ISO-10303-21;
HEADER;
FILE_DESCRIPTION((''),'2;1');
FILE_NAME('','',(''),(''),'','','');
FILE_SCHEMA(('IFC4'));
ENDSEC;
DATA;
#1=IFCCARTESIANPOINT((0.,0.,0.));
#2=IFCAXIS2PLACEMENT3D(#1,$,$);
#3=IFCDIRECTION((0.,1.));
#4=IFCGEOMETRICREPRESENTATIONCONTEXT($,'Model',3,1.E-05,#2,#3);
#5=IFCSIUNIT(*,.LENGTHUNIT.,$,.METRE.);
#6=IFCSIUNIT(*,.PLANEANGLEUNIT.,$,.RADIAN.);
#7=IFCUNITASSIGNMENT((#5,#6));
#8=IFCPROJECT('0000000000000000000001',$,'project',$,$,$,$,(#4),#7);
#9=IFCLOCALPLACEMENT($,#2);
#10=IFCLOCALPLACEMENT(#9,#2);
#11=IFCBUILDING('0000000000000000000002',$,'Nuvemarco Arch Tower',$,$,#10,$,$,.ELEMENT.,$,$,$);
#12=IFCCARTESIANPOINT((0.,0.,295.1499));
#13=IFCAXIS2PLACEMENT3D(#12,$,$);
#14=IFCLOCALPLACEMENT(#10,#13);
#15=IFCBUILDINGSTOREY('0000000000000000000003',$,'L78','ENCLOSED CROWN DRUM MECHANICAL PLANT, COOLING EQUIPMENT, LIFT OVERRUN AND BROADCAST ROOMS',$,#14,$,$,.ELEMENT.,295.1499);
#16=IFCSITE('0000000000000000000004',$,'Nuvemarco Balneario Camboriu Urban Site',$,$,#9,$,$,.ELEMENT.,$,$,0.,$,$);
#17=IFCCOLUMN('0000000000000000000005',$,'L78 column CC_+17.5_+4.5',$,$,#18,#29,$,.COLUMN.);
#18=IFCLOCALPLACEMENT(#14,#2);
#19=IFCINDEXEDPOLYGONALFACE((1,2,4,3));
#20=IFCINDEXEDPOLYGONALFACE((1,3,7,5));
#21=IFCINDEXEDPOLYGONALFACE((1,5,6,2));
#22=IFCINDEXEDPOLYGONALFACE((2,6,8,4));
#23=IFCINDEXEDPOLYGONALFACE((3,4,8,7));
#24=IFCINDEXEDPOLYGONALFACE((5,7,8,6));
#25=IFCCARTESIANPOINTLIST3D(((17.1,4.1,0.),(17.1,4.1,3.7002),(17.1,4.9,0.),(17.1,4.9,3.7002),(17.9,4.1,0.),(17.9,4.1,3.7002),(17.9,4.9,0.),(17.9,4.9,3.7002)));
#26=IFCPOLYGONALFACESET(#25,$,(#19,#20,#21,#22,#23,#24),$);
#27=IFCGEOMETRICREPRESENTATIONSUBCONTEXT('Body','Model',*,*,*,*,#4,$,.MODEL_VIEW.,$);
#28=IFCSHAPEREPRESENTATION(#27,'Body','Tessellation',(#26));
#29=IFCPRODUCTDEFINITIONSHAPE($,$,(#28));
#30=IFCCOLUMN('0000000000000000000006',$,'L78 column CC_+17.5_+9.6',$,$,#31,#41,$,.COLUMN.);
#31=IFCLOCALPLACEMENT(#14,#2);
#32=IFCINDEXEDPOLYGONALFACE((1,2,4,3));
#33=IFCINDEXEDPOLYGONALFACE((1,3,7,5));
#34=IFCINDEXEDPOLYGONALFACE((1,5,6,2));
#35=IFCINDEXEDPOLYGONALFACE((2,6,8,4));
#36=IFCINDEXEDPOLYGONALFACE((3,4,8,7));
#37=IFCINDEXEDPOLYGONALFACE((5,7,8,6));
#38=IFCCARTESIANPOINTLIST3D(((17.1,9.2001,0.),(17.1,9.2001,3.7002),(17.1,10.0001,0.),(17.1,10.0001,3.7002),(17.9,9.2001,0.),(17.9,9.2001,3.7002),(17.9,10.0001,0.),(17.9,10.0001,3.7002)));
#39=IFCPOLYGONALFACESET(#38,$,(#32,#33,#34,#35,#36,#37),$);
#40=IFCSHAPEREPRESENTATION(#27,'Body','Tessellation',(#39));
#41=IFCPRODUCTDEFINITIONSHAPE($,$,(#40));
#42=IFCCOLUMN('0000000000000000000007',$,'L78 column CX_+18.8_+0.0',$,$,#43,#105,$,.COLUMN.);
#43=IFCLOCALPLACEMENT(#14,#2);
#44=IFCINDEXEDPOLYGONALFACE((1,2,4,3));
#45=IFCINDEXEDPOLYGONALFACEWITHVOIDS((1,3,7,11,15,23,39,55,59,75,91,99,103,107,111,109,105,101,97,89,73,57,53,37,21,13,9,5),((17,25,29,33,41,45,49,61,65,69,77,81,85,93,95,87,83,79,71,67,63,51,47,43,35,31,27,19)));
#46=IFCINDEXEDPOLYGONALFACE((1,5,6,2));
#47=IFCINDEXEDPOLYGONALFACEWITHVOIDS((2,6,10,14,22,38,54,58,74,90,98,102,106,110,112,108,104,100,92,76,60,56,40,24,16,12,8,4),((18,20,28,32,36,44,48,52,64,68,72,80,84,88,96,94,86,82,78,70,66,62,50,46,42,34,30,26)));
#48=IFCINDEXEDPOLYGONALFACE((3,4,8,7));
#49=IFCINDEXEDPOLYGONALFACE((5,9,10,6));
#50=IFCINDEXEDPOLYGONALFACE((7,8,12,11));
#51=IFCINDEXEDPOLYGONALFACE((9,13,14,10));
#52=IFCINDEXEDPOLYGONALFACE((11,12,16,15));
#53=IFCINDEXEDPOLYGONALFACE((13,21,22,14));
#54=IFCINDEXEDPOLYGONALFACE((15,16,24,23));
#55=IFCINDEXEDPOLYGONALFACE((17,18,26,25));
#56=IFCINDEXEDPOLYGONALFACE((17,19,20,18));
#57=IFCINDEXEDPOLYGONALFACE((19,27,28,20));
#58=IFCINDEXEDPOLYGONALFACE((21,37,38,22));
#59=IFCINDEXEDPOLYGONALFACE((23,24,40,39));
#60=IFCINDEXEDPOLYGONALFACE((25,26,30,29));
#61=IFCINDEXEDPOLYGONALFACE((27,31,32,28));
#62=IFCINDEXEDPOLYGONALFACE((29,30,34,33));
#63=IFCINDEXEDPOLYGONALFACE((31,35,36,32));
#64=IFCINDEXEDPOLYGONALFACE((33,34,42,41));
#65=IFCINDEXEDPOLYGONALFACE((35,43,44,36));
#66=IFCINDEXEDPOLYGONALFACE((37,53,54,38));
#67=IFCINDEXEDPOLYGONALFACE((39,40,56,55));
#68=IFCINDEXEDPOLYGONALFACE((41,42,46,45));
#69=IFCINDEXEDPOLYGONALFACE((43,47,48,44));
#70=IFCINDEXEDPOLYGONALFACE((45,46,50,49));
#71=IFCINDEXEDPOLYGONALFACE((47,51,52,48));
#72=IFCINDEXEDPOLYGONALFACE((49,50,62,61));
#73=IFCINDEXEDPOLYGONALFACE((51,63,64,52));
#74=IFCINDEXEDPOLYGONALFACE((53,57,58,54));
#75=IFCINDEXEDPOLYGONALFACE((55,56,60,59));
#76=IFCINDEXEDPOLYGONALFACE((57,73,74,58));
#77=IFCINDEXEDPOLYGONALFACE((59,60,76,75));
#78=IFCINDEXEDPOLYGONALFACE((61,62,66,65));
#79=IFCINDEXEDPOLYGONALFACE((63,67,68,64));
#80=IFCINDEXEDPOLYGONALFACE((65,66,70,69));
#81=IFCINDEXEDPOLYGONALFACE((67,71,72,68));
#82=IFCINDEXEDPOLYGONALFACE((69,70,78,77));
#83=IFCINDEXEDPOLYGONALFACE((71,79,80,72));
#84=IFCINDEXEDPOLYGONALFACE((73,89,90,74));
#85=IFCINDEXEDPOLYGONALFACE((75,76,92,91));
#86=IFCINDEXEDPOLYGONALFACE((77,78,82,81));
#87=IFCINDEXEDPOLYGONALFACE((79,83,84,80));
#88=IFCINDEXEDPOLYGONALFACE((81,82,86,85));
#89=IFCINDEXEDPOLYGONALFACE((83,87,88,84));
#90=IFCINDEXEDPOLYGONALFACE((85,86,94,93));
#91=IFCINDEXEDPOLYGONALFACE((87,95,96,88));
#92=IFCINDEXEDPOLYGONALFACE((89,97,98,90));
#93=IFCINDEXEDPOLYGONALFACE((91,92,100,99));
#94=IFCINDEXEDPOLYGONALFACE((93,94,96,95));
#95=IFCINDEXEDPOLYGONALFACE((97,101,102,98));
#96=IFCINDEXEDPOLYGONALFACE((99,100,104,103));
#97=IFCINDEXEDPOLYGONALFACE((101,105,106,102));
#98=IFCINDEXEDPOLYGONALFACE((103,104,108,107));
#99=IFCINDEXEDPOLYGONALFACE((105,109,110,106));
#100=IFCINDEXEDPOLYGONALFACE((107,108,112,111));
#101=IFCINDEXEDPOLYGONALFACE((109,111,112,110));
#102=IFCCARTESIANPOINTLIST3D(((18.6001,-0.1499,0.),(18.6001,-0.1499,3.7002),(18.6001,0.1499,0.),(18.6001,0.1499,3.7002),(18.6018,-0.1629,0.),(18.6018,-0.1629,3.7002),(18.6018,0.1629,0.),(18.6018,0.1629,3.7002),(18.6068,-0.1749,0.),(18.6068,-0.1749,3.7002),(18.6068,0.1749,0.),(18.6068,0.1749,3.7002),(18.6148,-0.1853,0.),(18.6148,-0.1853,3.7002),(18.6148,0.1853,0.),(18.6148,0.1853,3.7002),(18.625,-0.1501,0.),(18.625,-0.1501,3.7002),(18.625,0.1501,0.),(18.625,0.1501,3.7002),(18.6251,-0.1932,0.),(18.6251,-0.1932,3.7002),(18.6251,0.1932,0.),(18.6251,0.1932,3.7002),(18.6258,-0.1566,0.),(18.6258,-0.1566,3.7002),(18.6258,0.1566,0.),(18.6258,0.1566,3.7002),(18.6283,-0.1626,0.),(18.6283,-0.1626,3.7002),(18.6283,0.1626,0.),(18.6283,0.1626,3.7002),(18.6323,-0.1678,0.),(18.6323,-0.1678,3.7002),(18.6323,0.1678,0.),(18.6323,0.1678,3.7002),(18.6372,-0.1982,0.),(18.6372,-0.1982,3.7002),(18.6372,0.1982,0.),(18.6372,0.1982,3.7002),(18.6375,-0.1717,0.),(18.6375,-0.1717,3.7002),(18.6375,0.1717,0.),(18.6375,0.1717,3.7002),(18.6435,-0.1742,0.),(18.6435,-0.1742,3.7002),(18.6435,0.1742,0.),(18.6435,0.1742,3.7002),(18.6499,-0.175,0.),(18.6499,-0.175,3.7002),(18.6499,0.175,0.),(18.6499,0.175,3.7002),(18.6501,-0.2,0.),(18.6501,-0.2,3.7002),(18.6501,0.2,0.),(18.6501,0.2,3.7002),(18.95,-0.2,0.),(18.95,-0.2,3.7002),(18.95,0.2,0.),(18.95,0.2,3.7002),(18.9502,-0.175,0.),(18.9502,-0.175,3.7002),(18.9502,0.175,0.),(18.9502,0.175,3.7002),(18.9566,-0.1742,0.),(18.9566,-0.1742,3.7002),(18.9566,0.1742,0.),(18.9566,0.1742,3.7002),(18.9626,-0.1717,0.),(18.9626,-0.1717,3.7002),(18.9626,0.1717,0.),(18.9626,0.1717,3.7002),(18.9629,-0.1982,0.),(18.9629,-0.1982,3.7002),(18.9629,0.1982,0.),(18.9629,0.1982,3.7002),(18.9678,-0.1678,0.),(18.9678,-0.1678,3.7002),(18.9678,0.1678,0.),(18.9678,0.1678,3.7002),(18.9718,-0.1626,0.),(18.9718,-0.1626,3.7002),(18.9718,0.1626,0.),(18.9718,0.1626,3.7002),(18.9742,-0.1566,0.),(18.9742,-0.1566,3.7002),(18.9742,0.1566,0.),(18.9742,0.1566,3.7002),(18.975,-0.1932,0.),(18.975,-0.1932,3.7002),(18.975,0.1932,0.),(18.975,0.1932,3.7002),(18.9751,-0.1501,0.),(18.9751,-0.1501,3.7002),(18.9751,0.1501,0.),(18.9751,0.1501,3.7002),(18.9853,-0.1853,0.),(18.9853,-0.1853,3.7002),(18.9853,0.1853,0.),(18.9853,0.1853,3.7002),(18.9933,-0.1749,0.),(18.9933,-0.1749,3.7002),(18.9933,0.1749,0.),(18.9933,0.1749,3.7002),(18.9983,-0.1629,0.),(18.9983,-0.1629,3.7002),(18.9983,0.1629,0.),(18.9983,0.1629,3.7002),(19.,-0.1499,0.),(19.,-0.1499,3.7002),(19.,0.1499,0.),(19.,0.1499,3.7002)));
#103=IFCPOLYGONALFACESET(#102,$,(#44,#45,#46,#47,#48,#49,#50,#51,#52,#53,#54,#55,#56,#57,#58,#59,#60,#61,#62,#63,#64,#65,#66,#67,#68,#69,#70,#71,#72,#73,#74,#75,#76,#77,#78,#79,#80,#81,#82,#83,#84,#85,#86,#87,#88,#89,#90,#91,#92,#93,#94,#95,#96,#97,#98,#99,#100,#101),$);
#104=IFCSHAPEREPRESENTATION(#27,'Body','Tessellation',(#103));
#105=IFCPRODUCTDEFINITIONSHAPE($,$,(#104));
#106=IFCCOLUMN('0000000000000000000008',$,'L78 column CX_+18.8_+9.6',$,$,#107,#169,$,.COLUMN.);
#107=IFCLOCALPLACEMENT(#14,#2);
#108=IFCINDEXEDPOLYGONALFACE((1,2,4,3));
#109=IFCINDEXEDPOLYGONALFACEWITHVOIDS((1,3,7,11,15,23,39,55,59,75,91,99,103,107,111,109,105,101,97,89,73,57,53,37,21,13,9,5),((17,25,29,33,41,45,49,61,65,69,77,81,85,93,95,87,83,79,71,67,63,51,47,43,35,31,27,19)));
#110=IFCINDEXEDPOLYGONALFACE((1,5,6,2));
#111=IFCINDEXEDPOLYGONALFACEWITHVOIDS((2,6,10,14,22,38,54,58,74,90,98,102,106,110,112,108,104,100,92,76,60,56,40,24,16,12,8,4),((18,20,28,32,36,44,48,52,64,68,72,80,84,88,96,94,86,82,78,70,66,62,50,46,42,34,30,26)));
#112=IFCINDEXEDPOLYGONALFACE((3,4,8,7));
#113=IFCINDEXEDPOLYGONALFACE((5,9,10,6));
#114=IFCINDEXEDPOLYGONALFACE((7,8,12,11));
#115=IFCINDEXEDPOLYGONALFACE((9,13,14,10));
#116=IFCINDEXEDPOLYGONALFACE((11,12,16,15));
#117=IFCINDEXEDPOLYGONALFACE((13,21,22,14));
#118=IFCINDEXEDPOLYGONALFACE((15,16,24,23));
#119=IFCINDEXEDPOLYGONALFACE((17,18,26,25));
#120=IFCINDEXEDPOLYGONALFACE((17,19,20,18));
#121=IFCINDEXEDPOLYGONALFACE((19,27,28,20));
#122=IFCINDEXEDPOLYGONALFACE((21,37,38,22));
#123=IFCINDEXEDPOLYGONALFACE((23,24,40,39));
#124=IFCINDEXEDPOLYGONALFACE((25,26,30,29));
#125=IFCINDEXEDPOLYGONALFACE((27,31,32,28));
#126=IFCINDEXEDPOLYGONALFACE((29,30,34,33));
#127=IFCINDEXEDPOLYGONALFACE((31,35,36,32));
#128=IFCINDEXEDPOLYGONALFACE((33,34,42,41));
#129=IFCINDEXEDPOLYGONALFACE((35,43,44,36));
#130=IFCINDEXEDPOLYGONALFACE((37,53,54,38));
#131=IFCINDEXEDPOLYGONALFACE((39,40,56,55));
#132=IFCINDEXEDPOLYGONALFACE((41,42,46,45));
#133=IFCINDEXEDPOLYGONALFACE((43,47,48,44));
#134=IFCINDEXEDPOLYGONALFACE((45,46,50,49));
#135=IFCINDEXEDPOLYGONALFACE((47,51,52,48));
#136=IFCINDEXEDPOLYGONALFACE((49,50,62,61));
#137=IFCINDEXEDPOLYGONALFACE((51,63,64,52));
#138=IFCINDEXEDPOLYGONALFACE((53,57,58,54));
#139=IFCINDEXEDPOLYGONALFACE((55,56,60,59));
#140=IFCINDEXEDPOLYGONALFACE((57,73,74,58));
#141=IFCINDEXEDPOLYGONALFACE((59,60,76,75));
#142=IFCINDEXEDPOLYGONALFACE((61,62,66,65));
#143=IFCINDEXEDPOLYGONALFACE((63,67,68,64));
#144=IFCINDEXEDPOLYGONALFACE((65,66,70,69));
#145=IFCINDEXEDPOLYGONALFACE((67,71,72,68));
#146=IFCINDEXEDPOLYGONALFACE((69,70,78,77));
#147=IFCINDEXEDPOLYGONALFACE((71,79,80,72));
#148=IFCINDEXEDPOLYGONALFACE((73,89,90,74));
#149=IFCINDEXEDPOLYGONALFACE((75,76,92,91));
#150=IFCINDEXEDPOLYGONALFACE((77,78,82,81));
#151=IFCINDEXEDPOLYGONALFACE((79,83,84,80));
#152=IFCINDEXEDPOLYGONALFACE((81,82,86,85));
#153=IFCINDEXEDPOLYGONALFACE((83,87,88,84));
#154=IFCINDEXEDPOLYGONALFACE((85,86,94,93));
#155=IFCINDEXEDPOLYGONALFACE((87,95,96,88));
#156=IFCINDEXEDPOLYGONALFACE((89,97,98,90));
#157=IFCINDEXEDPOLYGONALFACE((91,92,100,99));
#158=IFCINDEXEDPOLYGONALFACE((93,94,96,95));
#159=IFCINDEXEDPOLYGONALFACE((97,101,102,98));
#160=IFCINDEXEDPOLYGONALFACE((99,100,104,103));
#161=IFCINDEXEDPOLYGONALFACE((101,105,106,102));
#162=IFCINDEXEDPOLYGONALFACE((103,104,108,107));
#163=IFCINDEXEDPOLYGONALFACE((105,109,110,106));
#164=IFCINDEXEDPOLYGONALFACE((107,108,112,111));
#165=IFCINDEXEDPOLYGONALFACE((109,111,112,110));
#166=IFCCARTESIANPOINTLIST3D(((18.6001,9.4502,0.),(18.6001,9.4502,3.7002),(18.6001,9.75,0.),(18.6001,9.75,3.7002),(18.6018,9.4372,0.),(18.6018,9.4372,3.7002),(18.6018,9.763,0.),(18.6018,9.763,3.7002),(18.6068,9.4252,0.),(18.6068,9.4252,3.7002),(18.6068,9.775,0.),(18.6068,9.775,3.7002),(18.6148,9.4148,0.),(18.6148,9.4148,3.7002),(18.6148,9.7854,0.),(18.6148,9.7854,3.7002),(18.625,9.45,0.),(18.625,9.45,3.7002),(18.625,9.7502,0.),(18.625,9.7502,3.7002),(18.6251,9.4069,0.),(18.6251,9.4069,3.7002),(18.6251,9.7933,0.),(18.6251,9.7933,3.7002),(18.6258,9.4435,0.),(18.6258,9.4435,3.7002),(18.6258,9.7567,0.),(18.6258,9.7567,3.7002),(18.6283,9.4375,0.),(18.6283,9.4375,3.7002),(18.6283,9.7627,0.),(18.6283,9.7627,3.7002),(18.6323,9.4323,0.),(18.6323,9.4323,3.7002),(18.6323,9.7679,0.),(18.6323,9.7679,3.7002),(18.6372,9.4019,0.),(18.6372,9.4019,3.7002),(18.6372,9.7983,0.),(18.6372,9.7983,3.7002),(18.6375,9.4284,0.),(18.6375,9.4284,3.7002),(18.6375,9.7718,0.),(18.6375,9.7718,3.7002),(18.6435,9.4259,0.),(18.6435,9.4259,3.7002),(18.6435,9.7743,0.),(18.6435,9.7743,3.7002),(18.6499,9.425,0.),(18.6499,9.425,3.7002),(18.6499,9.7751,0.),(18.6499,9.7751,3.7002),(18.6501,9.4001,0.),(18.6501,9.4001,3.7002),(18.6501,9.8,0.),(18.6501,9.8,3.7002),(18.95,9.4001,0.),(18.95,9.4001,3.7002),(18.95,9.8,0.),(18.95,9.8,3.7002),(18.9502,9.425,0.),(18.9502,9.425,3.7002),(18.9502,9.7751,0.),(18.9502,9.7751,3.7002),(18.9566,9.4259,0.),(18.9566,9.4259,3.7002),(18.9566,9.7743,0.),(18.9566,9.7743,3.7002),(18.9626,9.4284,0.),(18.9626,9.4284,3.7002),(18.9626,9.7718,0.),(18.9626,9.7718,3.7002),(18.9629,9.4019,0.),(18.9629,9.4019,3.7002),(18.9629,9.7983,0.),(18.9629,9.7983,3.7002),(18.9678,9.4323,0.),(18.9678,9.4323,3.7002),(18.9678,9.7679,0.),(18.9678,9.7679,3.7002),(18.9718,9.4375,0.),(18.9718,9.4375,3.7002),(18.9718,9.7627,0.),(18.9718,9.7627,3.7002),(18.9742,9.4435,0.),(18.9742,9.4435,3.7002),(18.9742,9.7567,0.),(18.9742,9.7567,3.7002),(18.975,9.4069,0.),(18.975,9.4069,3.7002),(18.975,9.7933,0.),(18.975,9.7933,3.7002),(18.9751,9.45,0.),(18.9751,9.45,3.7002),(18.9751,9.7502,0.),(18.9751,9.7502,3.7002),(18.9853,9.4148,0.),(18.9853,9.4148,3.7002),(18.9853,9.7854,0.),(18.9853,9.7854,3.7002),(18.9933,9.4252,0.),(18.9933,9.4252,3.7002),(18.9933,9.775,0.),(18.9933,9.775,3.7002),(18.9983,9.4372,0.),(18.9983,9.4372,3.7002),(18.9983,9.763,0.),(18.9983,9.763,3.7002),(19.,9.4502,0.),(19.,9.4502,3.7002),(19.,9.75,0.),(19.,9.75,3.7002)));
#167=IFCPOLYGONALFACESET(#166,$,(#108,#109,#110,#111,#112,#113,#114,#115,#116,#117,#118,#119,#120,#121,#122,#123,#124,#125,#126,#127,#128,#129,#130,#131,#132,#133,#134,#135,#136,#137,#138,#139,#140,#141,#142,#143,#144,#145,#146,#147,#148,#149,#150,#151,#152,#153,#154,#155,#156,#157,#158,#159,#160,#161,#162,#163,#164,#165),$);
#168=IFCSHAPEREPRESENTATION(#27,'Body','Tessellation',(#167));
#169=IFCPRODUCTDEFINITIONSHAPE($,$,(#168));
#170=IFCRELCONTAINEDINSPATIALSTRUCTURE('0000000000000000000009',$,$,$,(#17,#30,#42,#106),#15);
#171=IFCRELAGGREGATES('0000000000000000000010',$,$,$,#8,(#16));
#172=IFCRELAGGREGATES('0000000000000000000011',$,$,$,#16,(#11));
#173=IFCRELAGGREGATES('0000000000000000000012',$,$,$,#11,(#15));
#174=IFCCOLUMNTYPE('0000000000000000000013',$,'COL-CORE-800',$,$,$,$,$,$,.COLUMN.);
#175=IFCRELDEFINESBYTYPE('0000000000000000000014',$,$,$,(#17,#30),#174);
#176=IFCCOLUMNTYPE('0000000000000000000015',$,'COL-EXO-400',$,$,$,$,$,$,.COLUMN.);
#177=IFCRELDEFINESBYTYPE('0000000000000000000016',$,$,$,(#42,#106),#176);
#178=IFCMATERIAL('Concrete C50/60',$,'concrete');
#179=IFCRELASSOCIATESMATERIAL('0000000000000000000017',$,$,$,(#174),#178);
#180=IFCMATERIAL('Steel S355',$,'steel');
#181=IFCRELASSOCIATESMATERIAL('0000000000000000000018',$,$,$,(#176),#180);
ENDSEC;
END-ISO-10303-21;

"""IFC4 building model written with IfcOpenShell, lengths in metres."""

from ifc_helpers import new_model, si_unit, direction, frame, origin, origin_2d, place, context, subcontext, project, spatial, rectangle, hollow_rectangle, extrude, material, material_profile, profile_set, type_object, element, save


model = new_model("IFC4")

# Units and contexts
model_context = context("Model", 3, precision=1e-05, world=origin(), true_north=direction((0.0, 1.0)))
body_context = subcontext(model_context, "Body", "Model", "MODEL_VIEW")
ifc_project = project(units=[si_unit("LENGTHUNIT", "METRE"), si_unit("PLANEANGLEUNIT", "RADIAN")], contexts=[model_context])

# Site, building, storey
site_placement = place(None, origin())
site = spatial("IfcSite", under=ifc_project, at=site_placement, Name="Nuvemarco Balneario Camboriu Urban Site", CompositionType="ELEMENT", RefElevation=0.0)
building_placement = place(site_placement, origin())
building = spatial("IfcBuilding", under=site, at=building_placement, Name="Nuvemarco Arch Tower", CompositionType="ELEMENT")
storey_placement = place(building_placement, frame((0.0, 0.0, 295.1499)))
storey = spatial("IfcBuildingStorey", under=building, at=storey_placement, Name="L78", Description="ENCLOSED CROWN DRUM MECHANICAL PLANT, COOLING EQUIPMENT, LIFT OVERRUN AND BROADCAST ROOMS", CompositionType="ELEMENT", Elevation=295.1499)

# Columns
ifc_material_1 = material(Name="Concrete C50/60", Category="concrete")
ifc_material_profile_1 = material_profile(ifc_material_1, rectangle(XDim=0.8, YDim=0.8, at=origin_2d()), Name="RC-COL-800x800")
ifc_profile_set_1 = profile_set([ifc_material_profile_1], Name="Concrete C50/60")
column_type_1 = type_object("IfcColumnType", Name="COL-CORE-800", PredefinedType="COLUMN", material=ifc_profile_set_1)
for number, where, z_axis, x_axis, name in (
    (1, (17.5, 4.5, 0.0), (0.0, 0.0, 1.0), (1.0, 0.0, 0.0), "L78 column CC_+17.5_+4.5"),
    (2, (17.5, 9.6001, 0.0), (0.0, 0.0, 1.0), (1.0, 0.0, 0.0), "L78 column CC_+17.5_+9.6"),
):
    element("IfcColumn", number, at=place(storey_placement, frame(where, z_axis=z_axis, x_axis=x_axis)), inside=storey, type_object=column_type_1, Name=name, PredefinedType="COLUMN", context=body_context, shape_type="SweptSolid", body=[
        extrude(rectangle(XDim=0.8, YDim=0.8, at=origin_2d()), origin(), (0.0, 0.0, 1.0), 3.7002),
    ])
ifc_material_2 = material(Name="Steel S355", Category="steel")
ifc_material_profile_2 = material_profile(ifc_material_2, hollow_rectangle(XDim=0.3999, YDim=0.3999, WallThickness=0.0249, InnerFilletRadius=0.0249, OuterFilletRadius=0.05, at=origin_2d()), Name="SHS400x400x25")
ifc_profile_set_2 = profile_set([ifc_material_profile_2], Name="Steel S355")
column_type_2 = type_object("IfcColumnType", Name="COL-EXO-400", PredefinedType="COLUMN", material=ifc_profile_set_2)
for number, where, z_axis, x_axis, name in (
    (3, (18.8, 0.0, 0.0), (0.0, 0.0, 1.0), (1.0, 0.0, 0.0), "L78 column CX_+18.8_+0.0"),
    (4, (18.8, 9.6001, 0.0), (0.0, 0.0, 1.0), (1.0, 0.0, 0.0), "L78 column CX_+18.8_+9.6"),
):
    element("IfcColumn", number, at=place(storey_placement, frame(where, z_axis=z_axis, x_axis=x_axis)), inside=storey, type_object=column_type_2, Name=name, PredefinedType="COLUMN", context=body_context, shape_type="SweptSolid", body=[
        extrude(hollow_rectangle(XDim=0.3999, YDim=0.3999, WallThickness=0.0249, InnerFilletRadius=0.0249, OuterFilletRadius=0.05, at=origin_2d()), origin(), (0.0, 0.0, 1.0), 3.7002),
    ])

save(model, "model.ifc")
